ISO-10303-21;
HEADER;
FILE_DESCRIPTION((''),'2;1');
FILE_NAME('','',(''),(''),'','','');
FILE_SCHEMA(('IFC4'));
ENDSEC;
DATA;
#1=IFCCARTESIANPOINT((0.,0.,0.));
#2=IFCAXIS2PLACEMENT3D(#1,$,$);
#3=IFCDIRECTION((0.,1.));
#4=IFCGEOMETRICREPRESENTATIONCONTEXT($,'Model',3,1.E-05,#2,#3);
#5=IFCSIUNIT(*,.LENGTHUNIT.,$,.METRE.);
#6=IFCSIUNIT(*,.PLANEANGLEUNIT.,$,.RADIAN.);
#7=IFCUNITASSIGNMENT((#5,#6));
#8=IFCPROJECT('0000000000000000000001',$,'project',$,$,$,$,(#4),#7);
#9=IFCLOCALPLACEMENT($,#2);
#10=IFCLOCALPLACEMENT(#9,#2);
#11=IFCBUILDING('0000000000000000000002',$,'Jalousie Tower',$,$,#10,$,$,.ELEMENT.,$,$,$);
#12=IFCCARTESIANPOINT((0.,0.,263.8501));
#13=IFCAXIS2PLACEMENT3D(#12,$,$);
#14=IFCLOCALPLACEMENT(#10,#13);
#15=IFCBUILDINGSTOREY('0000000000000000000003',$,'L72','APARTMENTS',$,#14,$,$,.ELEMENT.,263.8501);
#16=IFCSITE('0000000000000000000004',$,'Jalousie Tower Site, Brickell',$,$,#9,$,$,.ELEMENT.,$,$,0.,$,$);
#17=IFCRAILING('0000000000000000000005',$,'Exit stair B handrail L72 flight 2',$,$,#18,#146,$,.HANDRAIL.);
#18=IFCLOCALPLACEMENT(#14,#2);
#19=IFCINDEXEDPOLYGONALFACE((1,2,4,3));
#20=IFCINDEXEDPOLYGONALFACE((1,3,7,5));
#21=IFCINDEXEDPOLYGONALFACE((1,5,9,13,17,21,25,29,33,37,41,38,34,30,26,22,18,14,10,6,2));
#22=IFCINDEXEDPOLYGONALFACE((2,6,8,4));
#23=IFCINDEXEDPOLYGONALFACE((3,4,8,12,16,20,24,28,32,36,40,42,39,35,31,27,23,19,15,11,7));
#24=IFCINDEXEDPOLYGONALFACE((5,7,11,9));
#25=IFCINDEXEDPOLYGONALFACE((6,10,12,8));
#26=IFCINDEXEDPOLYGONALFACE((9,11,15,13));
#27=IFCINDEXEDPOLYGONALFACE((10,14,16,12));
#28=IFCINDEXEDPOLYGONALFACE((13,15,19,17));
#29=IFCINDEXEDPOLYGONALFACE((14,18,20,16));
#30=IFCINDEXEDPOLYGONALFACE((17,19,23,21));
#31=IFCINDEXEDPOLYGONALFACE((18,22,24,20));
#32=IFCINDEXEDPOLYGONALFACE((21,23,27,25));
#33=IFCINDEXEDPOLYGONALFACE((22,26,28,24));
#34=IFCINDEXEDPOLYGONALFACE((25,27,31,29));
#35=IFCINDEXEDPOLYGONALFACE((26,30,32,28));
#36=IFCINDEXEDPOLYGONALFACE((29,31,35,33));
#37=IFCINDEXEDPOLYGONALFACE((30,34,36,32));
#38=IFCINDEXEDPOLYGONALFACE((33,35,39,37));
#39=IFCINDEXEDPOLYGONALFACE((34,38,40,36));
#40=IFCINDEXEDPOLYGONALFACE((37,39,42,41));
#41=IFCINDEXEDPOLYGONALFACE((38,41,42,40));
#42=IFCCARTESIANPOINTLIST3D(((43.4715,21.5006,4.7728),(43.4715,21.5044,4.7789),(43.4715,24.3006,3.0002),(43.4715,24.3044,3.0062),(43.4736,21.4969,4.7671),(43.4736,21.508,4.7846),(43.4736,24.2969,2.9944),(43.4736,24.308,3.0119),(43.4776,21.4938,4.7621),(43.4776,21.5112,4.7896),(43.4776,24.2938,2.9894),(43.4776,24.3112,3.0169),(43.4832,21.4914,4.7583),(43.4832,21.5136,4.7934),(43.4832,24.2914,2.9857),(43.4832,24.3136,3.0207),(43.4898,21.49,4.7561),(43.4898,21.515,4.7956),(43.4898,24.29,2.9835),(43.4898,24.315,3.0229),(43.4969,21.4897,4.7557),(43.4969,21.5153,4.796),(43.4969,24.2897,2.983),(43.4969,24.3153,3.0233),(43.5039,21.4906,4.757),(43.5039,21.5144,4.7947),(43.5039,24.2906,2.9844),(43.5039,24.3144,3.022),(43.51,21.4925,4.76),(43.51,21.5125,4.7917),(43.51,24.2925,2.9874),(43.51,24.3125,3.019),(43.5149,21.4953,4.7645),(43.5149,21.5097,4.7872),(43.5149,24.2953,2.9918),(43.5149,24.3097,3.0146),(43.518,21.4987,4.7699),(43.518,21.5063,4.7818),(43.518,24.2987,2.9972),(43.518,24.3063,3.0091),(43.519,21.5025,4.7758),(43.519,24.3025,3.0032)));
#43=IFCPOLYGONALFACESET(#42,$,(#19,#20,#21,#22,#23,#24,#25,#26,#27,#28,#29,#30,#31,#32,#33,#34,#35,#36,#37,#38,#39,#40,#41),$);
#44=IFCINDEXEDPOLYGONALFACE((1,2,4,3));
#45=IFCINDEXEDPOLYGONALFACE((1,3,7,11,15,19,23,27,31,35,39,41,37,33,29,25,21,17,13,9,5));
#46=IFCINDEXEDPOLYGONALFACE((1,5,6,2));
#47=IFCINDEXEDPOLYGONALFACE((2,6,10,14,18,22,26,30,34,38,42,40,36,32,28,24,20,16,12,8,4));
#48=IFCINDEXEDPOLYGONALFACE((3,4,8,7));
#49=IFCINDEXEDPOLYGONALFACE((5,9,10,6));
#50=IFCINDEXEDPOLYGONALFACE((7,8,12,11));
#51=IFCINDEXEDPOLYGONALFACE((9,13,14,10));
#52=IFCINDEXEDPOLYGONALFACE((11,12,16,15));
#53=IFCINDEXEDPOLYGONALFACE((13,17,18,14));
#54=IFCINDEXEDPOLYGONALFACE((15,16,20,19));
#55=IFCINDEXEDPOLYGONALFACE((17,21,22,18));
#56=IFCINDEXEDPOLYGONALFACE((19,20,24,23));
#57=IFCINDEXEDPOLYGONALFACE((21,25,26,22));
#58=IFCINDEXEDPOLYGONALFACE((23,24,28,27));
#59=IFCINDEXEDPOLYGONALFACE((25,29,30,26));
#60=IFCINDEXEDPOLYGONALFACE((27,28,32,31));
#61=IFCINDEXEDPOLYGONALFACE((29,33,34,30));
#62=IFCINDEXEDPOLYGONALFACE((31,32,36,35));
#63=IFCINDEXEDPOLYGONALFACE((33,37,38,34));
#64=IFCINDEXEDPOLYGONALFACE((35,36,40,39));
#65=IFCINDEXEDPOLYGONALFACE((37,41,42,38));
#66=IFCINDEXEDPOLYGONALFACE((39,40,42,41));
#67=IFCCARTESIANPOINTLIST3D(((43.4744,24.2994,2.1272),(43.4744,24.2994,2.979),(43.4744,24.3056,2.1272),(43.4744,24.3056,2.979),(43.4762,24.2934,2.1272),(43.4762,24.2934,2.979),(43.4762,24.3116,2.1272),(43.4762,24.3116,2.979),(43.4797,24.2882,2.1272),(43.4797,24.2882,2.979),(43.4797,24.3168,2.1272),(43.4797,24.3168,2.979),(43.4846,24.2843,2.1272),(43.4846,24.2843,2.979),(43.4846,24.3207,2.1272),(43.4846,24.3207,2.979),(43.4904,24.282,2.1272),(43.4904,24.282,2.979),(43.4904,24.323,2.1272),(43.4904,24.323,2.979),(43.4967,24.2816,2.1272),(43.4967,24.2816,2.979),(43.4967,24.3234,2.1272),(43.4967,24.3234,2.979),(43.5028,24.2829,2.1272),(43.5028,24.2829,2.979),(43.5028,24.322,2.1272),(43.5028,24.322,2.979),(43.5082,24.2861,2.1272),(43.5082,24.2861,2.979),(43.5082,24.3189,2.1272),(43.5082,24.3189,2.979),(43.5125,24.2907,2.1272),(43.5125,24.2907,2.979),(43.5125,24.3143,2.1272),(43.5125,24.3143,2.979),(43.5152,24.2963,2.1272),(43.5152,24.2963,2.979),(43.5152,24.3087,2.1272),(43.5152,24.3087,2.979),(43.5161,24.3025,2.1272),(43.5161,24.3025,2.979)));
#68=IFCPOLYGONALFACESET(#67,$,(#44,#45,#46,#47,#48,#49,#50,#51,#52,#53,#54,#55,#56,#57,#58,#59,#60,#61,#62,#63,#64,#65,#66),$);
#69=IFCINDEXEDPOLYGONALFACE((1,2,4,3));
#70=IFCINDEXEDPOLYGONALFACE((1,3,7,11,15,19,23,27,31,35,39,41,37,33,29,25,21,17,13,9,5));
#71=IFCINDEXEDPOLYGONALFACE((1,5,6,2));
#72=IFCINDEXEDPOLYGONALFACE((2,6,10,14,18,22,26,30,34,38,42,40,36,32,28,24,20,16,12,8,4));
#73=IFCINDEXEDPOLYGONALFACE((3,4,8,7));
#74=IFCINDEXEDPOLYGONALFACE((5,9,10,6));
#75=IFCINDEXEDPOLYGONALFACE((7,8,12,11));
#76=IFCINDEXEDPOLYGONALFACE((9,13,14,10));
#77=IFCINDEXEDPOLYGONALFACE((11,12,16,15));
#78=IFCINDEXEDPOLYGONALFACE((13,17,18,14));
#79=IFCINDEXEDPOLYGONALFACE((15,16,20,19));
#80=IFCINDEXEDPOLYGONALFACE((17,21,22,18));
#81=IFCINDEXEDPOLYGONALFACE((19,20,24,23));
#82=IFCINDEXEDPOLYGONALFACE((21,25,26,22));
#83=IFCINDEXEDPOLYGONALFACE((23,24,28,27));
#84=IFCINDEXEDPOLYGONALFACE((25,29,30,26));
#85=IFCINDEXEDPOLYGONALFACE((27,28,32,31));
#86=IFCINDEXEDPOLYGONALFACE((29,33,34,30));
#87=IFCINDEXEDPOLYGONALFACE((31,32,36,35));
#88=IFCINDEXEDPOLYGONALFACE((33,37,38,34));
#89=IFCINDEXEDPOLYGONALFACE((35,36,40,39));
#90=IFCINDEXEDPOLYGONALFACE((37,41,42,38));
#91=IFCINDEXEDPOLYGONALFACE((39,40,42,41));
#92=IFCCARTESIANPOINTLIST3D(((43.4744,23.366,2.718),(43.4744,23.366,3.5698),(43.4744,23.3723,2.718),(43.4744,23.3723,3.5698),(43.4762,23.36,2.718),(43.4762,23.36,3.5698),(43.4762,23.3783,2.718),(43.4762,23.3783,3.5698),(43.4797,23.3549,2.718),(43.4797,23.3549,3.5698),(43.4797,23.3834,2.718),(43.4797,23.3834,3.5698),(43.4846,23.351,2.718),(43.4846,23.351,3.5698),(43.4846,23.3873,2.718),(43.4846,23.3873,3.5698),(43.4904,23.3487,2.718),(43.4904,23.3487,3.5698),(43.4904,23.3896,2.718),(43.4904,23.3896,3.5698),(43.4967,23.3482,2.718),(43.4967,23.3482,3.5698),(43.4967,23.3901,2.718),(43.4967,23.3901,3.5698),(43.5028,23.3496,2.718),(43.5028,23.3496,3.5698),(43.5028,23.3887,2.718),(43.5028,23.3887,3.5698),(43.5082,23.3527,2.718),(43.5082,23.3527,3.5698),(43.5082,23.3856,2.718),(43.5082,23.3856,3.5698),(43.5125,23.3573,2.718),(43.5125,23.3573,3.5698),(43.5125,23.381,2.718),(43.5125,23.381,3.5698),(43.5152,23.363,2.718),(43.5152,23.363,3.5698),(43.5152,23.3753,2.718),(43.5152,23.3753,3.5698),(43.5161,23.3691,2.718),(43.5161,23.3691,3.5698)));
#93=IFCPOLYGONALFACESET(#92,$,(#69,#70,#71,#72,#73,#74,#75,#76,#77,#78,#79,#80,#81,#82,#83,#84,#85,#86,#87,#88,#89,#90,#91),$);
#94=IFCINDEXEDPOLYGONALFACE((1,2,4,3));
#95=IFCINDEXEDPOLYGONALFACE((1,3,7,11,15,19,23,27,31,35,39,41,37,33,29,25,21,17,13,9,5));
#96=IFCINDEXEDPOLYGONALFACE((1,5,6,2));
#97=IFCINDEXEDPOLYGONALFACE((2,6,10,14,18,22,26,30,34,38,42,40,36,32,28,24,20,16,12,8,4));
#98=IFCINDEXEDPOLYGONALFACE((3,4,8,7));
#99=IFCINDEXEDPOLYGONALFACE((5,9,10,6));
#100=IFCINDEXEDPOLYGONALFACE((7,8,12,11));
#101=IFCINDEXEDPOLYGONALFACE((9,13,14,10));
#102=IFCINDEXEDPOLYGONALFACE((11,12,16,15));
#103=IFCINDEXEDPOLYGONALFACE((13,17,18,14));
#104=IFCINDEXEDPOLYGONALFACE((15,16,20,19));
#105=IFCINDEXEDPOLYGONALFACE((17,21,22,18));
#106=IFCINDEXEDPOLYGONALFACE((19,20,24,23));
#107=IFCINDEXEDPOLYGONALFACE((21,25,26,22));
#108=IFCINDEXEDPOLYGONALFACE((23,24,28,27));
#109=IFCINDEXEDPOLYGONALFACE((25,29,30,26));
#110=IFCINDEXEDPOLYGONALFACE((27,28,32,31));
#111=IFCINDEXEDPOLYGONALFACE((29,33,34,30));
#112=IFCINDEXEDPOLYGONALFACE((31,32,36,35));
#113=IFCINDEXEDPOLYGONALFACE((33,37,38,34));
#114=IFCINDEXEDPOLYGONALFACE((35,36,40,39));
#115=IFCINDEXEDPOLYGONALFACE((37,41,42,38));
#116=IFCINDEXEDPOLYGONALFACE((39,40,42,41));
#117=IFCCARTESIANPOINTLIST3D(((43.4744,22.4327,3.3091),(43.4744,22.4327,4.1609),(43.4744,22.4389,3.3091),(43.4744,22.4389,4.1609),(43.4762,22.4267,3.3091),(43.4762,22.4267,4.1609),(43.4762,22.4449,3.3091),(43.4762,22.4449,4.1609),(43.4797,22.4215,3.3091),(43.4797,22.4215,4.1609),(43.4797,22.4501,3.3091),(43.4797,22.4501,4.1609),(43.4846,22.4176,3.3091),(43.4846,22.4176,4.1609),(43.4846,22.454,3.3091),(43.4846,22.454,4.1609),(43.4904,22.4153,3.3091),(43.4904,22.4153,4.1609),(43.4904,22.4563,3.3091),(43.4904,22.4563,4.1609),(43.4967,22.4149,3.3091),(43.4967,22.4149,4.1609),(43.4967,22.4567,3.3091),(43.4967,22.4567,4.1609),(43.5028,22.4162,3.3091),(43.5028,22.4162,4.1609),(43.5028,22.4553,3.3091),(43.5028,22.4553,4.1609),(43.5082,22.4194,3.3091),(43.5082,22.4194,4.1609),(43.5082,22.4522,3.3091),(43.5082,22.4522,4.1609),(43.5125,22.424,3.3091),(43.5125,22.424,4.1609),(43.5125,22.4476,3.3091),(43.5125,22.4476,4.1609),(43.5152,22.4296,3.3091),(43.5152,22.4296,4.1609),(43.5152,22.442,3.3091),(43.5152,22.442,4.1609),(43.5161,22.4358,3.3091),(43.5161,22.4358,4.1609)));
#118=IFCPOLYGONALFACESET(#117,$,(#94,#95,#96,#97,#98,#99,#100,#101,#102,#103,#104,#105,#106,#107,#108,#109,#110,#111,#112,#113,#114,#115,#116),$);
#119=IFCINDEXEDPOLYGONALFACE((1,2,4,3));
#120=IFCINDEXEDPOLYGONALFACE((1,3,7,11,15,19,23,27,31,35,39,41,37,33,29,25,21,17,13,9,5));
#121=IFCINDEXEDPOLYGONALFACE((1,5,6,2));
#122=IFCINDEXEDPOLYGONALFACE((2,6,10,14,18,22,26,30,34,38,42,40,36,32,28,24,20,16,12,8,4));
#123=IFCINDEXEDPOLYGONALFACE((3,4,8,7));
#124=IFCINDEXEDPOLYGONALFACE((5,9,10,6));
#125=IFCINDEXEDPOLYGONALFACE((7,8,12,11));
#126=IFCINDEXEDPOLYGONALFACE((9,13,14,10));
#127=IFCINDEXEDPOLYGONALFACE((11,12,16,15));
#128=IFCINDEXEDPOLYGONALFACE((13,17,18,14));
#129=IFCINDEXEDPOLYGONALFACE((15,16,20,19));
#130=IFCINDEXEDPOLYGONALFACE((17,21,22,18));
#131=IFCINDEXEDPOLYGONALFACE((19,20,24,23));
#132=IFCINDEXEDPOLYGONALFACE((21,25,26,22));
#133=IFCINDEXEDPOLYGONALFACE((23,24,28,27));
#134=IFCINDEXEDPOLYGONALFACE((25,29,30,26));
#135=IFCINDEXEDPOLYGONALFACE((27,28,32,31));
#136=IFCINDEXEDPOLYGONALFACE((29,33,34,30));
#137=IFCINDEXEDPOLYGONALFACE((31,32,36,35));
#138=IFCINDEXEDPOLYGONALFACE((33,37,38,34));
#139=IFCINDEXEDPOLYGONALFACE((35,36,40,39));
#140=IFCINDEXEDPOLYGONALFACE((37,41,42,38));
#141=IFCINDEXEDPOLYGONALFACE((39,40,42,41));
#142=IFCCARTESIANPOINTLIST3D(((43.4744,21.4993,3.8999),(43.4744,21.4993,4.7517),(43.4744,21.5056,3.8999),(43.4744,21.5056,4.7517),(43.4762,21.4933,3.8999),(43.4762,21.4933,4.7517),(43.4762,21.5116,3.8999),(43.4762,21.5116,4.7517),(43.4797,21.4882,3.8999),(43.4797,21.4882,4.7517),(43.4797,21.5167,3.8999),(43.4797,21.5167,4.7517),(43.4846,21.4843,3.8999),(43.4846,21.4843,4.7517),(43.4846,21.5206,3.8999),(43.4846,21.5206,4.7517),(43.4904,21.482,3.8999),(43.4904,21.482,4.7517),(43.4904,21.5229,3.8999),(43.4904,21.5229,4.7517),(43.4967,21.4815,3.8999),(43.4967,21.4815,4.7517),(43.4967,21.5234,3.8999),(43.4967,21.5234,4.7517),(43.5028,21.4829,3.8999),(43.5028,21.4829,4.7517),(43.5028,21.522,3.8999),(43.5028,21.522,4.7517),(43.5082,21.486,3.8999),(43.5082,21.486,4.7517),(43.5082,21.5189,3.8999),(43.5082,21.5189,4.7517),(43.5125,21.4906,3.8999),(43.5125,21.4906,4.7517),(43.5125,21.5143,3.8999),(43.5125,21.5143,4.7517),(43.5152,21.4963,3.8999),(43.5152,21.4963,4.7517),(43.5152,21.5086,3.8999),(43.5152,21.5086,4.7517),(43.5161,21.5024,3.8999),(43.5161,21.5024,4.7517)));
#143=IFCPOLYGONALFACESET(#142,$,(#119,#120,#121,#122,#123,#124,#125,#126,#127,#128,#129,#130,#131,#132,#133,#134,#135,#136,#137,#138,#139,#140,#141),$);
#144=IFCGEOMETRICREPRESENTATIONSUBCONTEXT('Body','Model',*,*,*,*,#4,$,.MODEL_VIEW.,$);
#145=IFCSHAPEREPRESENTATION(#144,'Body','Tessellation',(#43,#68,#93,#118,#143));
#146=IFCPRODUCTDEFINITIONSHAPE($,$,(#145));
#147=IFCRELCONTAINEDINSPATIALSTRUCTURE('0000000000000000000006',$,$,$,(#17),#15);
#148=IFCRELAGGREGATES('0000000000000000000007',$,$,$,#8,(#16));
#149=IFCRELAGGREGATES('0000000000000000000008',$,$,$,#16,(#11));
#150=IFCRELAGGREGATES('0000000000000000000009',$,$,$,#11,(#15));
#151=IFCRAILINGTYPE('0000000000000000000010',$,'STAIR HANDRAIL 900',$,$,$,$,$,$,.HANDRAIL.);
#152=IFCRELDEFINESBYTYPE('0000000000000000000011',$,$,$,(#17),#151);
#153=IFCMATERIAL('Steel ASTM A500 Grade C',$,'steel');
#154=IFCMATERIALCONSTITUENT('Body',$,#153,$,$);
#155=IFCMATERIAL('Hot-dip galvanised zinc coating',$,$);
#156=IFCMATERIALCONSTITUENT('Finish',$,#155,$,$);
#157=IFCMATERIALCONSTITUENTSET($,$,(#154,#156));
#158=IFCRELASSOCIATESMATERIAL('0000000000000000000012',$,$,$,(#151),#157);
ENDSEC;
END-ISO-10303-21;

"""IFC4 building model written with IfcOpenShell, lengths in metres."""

from ifc_helpers import new_model, si_unit, direction, frame, origin, origin_2d, place, context, subcontext, project, spatial, circle, extrude, material, constituent, constituent_set, type_object, element, save


model = new_model("IFC4")

# Units and contexts
model_context = context("Model", 3, precision=1e-05, world=origin(), true_north=direction((0.0, 1.0)))
body_context = subcontext(model_context, "Body", "Model", "MODEL_VIEW")
ifc_project = project(units=[si_unit("LENGTHUNIT", "METRE"), si_unit("PLANEANGLEUNIT", "RADIAN")], contexts=[model_context])

# Site, building, storey
site_placement = place(None, origin())
site = spatial("IfcSite", under=ifc_project, at=site_placement, Name="Jalousie Tower Site, Brickell", CompositionType="ELEMENT", RefElevation=0.0)
building_placement = place(site_placement, origin())
building = spatial("IfcBuilding", under=site, at=building_placement, Name="Jalousie Tower", CompositionType="ELEMENT")
storey_placement = place(building_placement, frame((0.0, 0.0, 263.8501)))
storey = spatial("IfcBuildingStorey", under=building, at=storey_placement, Name="L72", Description="APARTMENTS", CompositionType="ELEMENT", Elevation=263.8501)

# Railing
ifc_material_1 = material(Name="Steel ASTM A500 Grade C", Category="steel")
ifc_constituent_1 = constituent(ifc_material_1, Name="Body")
ifc_material_2 = material(Name="Hot-dip galvanised zinc coating")
ifc_constituent_2 = constituent(ifc_material_2, Name="Finish")
ifc_constituent_set_1 = constituent_set(constituents=[ifc_constituent_1, ifc_constituent_2])
railing_type_1 = type_object("IfcRailingType", Name="STAIR HANDRAIL 900", PredefinedType="HANDRAIL", material=ifc_constituent_set_1)
railing_1_placement = place(storey_placement, frame((43.4951, 24.3025, 2.1272)))
element("IfcRailing", 1, at=railing_1_placement, inside=storey, type_object=railing_type_1, Name="Exit stair B handrail L72 flight 2", PredefinedType="HANDRAIL", context=body_context, shape_type="SweptSolid", body=[
    extrude(circle(Radius=0.0239, at=origin_2d()), frame((0.0, 0.0, 0.876), z_axis=(0.0, -0.844909, 0.53491), x_axis=(1.0, 0.0, 0.0)), (0.0, 0.0, 1.0), 3.314),
    extrude(circle(Radius=0.021, at=origin_2d()), origin(), (0.0, 0.0, 1.0), 0.8518),
    extrude(circle(Radius=0.021, at=origin_2d()), frame((0.0, -0.9333, 0.5908)), (0.0, 0.0, 1.0), 0.8518),
    extrude(circle(Radius=0.021, at=origin_2d()), frame((0.0, -1.8667, 1.1819)), (0.0, 0.0, 1.0), 0.8518),
    extrude(circle(Radius=0.021, at=origin_2d()), frame((0.0, -2.8, 1.7727)), (0.0, 0.0, 1.0), 0.8518),
])

save(model, "model.ifc")
